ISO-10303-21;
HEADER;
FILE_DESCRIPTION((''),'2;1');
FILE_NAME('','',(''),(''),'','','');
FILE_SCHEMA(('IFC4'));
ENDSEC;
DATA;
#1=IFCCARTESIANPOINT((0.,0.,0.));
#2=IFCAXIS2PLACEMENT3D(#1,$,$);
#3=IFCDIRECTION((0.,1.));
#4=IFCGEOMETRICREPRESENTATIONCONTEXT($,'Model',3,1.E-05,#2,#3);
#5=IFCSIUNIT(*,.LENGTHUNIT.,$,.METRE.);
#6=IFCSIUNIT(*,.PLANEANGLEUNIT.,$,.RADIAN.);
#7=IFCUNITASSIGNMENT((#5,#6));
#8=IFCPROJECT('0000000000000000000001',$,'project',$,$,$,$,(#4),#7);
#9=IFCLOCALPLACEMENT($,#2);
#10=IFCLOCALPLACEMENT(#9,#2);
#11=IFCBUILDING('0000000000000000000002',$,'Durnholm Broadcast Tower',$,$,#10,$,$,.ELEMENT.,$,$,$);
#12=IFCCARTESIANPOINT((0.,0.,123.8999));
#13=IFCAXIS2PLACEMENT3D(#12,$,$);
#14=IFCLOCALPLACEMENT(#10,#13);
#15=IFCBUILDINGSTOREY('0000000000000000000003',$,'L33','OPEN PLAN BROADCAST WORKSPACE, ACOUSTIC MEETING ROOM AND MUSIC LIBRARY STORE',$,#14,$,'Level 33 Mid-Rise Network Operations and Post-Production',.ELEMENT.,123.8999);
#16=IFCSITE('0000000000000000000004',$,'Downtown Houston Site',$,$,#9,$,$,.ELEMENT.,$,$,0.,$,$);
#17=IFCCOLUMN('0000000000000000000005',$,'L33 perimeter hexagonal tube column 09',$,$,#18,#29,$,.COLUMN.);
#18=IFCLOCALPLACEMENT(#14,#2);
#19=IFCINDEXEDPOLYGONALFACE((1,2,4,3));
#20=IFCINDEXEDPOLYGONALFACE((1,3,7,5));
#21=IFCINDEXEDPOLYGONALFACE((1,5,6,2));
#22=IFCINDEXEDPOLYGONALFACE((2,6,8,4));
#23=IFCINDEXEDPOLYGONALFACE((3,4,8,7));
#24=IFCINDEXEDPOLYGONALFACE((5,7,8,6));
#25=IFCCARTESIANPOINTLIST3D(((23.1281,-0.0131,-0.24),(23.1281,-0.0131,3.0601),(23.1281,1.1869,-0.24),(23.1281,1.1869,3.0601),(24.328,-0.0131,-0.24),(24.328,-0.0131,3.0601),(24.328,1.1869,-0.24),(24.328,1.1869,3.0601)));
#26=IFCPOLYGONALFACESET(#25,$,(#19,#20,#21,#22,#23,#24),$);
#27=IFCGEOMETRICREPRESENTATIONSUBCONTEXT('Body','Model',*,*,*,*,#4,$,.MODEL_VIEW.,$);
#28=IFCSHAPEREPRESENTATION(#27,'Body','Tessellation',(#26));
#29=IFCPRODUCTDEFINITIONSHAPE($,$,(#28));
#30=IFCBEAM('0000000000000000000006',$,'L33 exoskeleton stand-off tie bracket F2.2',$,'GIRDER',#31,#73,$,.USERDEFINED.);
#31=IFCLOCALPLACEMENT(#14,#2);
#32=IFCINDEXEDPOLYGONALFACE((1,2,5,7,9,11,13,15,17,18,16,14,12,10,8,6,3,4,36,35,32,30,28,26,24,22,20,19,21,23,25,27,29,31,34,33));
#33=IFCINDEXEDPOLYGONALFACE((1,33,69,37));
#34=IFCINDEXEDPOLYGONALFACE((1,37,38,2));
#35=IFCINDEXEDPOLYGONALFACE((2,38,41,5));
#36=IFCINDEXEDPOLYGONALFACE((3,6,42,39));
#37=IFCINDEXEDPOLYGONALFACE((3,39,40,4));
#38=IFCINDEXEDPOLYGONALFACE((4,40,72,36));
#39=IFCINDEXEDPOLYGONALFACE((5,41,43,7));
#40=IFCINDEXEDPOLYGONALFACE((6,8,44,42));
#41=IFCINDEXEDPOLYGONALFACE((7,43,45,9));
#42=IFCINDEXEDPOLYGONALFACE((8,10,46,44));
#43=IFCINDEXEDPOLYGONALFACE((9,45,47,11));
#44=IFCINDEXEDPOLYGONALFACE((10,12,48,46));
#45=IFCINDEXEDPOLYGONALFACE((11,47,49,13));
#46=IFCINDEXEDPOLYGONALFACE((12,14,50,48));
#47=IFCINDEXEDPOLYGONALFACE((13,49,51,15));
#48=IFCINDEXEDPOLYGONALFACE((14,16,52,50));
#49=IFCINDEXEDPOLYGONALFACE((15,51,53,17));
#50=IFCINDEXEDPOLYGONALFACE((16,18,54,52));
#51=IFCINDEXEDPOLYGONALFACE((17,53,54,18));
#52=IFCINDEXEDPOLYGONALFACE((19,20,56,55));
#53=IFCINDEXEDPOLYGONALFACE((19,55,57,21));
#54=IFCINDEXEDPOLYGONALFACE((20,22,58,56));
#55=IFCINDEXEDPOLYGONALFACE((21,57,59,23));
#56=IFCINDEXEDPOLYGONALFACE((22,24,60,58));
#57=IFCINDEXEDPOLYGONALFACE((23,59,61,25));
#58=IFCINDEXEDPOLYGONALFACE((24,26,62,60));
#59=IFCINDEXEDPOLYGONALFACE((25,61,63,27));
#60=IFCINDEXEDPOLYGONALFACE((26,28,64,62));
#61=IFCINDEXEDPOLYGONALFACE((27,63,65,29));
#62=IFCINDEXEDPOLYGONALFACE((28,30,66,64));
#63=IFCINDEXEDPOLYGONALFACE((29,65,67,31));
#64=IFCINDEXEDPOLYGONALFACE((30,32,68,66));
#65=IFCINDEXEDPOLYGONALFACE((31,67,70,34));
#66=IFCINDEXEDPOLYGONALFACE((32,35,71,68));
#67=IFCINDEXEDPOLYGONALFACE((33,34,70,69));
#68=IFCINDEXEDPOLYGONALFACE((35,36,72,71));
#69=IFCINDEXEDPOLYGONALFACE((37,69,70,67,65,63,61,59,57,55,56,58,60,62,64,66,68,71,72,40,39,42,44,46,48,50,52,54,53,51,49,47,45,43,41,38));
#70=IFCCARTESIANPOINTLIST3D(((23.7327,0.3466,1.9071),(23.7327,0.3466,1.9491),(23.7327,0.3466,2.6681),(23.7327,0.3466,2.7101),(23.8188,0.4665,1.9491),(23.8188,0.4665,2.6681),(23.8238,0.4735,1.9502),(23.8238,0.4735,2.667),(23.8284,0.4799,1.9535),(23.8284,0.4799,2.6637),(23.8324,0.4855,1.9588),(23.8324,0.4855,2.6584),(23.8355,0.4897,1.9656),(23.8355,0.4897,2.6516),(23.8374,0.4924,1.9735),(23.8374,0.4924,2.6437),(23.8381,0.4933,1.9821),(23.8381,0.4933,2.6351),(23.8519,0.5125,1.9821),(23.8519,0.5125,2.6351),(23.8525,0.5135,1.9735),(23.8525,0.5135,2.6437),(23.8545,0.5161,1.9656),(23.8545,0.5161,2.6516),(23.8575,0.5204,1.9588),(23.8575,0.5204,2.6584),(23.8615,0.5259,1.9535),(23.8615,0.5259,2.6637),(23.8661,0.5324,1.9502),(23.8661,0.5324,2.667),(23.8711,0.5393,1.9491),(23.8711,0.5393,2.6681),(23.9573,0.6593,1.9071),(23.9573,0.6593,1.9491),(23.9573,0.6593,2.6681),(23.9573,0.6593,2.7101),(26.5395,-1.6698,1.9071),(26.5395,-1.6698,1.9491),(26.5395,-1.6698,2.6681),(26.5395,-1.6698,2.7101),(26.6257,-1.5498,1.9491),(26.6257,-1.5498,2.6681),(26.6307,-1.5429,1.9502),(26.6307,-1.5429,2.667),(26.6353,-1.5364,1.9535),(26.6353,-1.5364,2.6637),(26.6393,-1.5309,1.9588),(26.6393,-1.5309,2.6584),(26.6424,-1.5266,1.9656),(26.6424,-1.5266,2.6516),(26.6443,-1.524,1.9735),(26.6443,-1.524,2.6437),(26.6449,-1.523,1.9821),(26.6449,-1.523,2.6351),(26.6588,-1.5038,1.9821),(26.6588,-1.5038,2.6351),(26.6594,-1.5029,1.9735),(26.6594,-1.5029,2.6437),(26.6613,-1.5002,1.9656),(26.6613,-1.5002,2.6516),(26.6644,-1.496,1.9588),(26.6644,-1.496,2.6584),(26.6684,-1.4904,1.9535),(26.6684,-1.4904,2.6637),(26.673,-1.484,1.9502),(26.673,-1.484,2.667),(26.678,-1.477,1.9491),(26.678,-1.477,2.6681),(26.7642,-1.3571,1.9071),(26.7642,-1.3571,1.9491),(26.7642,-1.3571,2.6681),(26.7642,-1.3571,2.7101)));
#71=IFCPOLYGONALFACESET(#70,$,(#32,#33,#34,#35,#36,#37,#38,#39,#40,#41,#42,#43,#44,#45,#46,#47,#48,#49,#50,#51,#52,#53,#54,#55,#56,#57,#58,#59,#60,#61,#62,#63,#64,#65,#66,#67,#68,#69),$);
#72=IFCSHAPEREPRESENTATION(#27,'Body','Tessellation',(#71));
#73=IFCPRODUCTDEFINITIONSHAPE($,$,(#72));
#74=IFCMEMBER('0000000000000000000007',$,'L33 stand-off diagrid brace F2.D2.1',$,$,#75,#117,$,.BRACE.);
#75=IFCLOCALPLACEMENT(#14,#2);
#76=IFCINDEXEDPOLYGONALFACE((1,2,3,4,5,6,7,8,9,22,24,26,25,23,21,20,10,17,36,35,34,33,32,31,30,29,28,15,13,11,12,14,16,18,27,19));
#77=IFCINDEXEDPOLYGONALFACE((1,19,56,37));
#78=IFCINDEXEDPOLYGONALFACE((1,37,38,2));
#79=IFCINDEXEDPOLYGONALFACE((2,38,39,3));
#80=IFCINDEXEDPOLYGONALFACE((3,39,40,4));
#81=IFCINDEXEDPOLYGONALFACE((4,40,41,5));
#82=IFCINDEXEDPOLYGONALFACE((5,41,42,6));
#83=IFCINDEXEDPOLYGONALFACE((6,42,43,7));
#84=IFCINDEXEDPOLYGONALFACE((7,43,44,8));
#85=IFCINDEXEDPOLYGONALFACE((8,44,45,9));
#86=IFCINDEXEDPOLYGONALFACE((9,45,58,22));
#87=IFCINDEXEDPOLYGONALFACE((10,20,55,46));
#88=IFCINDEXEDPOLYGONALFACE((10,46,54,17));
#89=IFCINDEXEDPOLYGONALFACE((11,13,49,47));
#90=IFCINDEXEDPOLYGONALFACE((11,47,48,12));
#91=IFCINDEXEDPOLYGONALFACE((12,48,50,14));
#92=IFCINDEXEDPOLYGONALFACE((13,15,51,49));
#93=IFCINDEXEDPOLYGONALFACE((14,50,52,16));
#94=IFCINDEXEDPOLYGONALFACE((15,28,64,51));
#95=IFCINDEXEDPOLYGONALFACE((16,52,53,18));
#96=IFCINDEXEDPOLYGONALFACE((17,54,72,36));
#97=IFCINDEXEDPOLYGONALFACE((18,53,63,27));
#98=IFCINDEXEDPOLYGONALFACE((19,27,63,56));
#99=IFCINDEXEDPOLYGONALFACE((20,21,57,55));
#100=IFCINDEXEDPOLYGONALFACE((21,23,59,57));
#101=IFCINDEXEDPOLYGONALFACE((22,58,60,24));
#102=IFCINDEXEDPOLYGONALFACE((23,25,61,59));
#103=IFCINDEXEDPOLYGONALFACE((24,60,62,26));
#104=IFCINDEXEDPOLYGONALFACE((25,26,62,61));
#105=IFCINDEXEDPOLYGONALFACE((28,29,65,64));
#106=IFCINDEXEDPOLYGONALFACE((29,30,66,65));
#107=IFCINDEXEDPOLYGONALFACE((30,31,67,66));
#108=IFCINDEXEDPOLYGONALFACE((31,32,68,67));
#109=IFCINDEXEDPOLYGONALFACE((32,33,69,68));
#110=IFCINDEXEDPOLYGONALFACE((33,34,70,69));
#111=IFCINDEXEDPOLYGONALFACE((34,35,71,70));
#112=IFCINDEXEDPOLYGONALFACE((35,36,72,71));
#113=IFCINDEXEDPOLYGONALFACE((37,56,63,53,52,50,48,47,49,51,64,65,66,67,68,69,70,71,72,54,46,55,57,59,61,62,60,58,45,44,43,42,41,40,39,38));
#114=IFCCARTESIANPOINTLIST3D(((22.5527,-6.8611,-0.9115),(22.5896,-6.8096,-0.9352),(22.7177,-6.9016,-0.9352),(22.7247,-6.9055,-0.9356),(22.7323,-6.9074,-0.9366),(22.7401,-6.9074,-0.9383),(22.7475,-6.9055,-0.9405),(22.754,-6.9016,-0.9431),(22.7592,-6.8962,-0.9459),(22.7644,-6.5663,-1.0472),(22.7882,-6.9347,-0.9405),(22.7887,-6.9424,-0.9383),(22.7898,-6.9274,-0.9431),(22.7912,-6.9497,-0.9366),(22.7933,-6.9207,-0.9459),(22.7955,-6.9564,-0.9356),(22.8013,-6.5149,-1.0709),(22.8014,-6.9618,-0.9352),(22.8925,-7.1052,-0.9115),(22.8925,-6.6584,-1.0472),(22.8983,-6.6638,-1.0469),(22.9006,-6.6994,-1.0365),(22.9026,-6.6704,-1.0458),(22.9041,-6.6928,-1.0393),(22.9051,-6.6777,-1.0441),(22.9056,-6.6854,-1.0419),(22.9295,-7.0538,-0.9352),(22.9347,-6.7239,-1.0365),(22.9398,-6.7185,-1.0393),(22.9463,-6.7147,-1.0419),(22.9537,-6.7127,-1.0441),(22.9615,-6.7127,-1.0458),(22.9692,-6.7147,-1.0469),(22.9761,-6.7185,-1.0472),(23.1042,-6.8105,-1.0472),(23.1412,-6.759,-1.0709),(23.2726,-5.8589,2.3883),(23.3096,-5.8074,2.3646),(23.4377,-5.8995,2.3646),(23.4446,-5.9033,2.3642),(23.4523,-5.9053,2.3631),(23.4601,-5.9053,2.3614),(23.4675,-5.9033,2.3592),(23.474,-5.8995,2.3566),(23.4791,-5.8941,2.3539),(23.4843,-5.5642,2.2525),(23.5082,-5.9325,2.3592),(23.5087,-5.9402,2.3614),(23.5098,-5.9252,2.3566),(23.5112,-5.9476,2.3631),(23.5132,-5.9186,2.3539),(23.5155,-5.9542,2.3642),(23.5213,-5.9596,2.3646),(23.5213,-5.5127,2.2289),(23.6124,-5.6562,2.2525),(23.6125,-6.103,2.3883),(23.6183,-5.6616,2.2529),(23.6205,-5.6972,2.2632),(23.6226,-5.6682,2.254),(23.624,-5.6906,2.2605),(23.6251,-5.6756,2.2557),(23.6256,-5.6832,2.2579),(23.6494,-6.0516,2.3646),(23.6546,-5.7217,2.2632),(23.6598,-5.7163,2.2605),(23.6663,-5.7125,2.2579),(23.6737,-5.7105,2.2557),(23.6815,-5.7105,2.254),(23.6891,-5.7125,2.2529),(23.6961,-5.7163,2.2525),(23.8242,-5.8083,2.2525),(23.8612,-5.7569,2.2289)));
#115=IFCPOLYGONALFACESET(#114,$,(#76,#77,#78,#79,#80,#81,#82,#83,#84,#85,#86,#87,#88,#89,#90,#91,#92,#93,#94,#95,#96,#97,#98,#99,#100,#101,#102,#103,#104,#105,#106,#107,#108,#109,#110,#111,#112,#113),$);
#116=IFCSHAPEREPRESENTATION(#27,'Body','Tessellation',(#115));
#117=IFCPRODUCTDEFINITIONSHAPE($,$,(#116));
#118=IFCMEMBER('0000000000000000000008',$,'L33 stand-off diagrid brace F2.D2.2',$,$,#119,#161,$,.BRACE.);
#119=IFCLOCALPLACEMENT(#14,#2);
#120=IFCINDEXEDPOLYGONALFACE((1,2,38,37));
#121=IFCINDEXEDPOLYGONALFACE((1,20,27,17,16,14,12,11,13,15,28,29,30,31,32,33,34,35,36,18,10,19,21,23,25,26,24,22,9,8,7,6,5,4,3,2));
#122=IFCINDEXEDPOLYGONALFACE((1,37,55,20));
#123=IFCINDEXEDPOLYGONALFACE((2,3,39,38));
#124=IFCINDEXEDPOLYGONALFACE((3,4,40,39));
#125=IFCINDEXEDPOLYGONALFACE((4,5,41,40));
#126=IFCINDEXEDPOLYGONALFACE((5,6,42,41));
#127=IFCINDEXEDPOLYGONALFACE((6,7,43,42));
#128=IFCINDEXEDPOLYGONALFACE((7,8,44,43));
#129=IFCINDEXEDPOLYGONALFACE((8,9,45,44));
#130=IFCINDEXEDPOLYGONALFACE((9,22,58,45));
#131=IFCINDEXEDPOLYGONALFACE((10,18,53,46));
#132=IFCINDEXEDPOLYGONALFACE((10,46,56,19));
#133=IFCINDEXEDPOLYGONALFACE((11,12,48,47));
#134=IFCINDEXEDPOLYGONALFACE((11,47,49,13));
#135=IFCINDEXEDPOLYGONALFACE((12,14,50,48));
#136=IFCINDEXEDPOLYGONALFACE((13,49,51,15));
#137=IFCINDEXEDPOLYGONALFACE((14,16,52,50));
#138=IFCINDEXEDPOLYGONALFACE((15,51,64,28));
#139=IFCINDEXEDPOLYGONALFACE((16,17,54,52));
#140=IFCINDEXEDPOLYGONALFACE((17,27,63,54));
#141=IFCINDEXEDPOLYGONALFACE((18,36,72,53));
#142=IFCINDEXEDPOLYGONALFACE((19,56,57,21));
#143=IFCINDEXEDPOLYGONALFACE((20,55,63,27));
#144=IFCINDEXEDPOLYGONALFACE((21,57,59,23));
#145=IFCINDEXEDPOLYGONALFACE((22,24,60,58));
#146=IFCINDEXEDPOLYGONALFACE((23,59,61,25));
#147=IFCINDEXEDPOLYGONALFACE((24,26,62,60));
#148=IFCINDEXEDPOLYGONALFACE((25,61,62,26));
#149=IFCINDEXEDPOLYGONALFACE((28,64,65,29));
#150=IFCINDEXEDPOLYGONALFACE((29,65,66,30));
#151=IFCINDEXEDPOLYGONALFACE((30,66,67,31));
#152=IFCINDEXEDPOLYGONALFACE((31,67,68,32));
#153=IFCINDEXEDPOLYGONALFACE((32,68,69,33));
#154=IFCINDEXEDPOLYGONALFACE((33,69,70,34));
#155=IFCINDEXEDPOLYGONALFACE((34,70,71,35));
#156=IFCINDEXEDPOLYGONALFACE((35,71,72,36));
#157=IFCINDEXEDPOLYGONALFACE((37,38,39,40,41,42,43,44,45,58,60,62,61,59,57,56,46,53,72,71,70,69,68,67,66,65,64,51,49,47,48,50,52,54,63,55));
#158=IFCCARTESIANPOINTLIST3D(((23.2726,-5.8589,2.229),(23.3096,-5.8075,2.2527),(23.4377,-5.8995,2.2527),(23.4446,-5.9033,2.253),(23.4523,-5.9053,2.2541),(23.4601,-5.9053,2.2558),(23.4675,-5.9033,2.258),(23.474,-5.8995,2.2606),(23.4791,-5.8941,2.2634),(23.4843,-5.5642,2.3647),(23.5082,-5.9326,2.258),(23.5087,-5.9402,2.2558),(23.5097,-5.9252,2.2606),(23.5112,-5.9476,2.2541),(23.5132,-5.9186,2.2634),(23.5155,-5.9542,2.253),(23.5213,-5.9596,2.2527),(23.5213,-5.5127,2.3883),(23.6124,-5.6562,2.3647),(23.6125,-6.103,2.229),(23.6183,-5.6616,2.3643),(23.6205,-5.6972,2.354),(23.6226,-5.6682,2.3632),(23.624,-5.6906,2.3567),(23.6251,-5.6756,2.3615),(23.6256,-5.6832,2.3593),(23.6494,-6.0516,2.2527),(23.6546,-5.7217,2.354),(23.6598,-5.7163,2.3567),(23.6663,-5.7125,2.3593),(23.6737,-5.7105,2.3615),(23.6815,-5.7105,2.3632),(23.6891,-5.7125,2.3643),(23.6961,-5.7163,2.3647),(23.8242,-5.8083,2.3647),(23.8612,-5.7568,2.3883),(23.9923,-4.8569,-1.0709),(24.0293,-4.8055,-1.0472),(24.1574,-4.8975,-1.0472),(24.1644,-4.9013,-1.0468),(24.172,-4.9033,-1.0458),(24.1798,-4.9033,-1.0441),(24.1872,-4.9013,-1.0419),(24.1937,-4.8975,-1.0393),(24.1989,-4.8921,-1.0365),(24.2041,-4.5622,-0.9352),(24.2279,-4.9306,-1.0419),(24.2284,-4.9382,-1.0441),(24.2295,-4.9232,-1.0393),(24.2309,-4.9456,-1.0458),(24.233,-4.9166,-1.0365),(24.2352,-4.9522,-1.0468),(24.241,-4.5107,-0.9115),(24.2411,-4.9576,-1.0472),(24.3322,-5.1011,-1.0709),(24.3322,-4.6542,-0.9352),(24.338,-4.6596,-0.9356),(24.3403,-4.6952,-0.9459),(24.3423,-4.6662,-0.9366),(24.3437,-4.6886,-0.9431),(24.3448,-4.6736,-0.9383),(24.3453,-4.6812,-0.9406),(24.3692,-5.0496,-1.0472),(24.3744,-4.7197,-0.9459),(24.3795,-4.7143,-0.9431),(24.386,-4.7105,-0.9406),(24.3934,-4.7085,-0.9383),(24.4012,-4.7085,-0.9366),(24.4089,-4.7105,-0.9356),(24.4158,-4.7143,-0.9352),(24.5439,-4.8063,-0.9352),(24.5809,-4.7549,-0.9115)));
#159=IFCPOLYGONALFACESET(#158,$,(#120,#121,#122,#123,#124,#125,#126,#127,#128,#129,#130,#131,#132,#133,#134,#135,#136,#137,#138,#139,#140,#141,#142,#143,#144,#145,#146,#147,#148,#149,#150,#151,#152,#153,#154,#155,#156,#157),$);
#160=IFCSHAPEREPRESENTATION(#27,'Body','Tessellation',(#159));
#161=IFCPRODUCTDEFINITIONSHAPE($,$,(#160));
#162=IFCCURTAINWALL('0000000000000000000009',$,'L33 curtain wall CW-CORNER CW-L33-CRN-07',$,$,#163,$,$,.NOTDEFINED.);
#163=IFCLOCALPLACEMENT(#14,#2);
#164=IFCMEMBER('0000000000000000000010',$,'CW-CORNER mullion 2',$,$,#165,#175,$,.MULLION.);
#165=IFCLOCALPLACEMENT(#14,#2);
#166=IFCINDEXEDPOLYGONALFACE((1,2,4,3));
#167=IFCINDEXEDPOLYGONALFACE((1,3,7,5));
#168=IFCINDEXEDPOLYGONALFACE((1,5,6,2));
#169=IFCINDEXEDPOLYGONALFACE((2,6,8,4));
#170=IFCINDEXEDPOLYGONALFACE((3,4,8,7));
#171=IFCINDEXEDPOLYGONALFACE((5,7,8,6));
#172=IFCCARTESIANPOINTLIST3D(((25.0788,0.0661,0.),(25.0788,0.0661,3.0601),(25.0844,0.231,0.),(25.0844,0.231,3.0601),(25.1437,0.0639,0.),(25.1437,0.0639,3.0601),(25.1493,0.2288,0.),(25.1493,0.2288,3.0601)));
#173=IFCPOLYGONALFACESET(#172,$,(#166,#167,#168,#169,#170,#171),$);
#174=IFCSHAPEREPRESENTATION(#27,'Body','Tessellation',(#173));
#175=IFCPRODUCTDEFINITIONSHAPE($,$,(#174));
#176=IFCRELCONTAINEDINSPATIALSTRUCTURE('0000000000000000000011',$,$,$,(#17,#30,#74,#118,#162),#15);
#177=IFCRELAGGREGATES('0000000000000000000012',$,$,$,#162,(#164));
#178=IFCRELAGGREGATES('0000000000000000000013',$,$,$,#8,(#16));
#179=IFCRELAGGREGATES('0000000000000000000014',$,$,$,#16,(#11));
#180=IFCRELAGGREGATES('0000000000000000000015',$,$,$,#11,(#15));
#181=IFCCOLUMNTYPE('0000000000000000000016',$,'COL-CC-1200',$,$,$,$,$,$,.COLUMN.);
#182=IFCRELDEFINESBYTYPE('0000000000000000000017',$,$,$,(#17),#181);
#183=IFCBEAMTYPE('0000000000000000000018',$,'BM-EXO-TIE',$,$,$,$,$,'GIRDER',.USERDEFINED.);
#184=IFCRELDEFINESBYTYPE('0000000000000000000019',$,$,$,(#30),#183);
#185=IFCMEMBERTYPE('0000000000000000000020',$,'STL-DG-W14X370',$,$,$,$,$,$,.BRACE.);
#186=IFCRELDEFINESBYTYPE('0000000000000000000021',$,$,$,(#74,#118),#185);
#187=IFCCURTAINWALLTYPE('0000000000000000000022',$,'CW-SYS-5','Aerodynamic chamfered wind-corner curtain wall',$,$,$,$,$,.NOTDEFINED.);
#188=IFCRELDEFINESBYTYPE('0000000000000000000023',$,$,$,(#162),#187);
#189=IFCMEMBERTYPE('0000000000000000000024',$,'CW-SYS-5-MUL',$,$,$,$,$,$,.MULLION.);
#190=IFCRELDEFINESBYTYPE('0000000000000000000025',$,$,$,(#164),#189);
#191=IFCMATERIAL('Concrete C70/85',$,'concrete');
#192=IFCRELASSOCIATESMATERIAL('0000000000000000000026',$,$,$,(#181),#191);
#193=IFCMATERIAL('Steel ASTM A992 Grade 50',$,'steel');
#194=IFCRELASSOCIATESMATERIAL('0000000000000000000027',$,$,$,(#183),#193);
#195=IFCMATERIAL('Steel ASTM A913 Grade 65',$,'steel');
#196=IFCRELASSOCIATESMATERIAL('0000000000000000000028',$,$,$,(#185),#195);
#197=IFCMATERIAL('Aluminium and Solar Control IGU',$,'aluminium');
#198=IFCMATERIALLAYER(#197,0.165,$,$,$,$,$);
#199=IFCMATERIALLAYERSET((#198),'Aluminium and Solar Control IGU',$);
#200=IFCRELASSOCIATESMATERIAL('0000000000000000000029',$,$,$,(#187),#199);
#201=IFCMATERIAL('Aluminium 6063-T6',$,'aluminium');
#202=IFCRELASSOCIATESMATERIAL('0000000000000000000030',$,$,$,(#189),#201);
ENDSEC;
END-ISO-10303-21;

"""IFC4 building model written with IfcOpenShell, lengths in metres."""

from ifc_helpers import new_model, si_unit, direction, frame, origin, origin_2d, place, context, subcontext, project, spatial, rectangle, i_section, extrude, source, transform, mapped, material, layer, layer_set, material_profile, profile_set, type_object, type_shapes, element, aggregate, save


model = new_model("IFC4")

# Units and contexts
model_context = context("Model", 3, precision=1e-05, world=origin(), true_north=direction((0.0, 1.0)))
body_context = subcontext(model_context, "Body", "Model", "MODEL_VIEW")
ifc_project = project(units=[si_unit("LENGTHUNIT", "METRE"), si_unit("PLANEANGLEUNIT", "RADIAN")], contexts=[model_context])

# Site, building, storey
site_placement = place(None, origin())
site = spatial("IfcSite", under=ifc_project, at=site_placement, Name="Downtown Houston Site", CompositionType="ELEMENT", RefElevation=0.0)
building_placement = place(site_placement, origin())
building = spatial("IfcBuilding", under=site, at=building_placement, Name="Durnholm Broadcast Tower", CompositionType="ELEMENT")
storey_placement = place(building_placement, frame((0.0, 0.0, 123.8999)))
storey = spatial("IfcBuildingStorey", under=building, at=storey_placement, Name="L33", Description="OPEN PLAN BROADCAST WORKSPACE, ACOUSTIC MEETING ROOM AND MUSIC LIBRARY STORE", LongName="Level 33 Mid-Rise Network Operations and Post-Production", CompositionType="ELEMENT", Elevation=123.8999)

# Column
ifc_material_1 = material(Name="Concrete C70/85", Category="concrete")
ifc_material_profile_1 = material_profile(ifc_material_1, rectangle(XDim=1.2, YDim=1.2, at=origin_2d()), Name="RC1200X1200")
ifc_profile_set_1 = profile_set([ifc_material_profile_1], Name="Concrete C70/85")
column_type = type_object("IfcColumnType", Name="COL-CC-1200", PredefinedType="COLUMN", material=ifc_profile_set_1)
shared_shape_1 = source(origin(), body_context, "Body", "SweptSolid", [
    extrude(rectangle(XDim=1.2, YDim=1.2, at=origin_2d()), origin(), (0.0, 0.0, 1.0), 3.3),
])
type_shapes(column_type, [shared_shape_1])
column_placement = place(storey_placement, frame((23.728, 0.5869, -0.24), z_axis=(0.0, 0.0, 1.0), x_axis=(1.0, 0.0, 0.0)))
element("IfcColumn", 1, at=column_placement, inside=storey, type_object=column_type, Name="L33 perimeter hexagonal tube column 09", PredefinedType="COLUMN", context=body_context, shape_type="MappedRepresentation", body=[
    mapped(shared_shape_1, transform((0.0, 0.0, 0.0), x_axis=(1.0, 0.0, 0.0), y_axis=(0.0, 1.0, 0.0), z_axis=(0.0, 0.0, 1.0), scale=1.0)),
])

# Beam
ifc_material_2 = material(Name="Steel ASTM A992 Grade 50", Category="steel")
ifc_material_profile_2 = material_profile(ifc_material_2, i_section(OverallWidth=0.385, OverallDepth=0.803, WebThickness=0.0237, FlangeThickness=0.042, FilletRadius=0.033, at=origin_2d()), Name="W30X261")
ifc_profile_set_2 = profile_set([ifc_material_profile_2], Name="Steel ASTM A992 Grade 50")
beam_type = type_object("IfcBeamType", Name="BM-EXO-TIE", ElementType="GIRDER", PredefinedType="USERDEFINED", material=ifc_profile_set_2)
shared_shape_2 = source(origin(), body_context, "Body", "SweptSolid", [
    extrude(i_section(OverallWidth=0.385, OverallDepth=0.803, WebThickness=0.0237, FlangeThickness=0.042, FilletRadius=0.033, at=origin_2d()), origin(), (0.0, 0.0, 1.0), 3.4561),
])
type_shapes(beam_type, [shared_shape_2])
beam_placement = place(storey_placement, frame((23.845, 0.5029, 2.3086), z_axis=(0.812165, -0.583428, 0.0), x_axis=(0.583428, 0.812165, 0.0)))
element("IfcBeam", 2, at=beam_placement, inside=storey, type_object=beam_type, Name="L33 exoskeleton stand-off tie bracket F2.2", ObjectType="GIRDER", PredefinedType="USERDEFINED", context=body_context, shape_type="MappedRepresentation", body=[
    mapped(shared_shape_2, transform((0.0, 0.0, 0.0), x_axis=(1.0, 0.0, 0.0), y_axis=(0.0, 1.0, 0.0), z_axis=(0.0, 0.0, 1.0), scale=1.0)),
])

# Members
ifc_material_3 = material(Name="Steel ASTM A913 Grade 65", Category="steel")
ifc_material_profile_3 = material_profile(ifc_material_3, i_section(OverallWidth=0.4185, OverallDepth=0.4551, WebThickness=0.042, FlangeThickness=0.0676, FilletRadius=0.0305, at=origin_2d()), Name="W14X370")
ifc_profile_set_3 = profile_set([ifc_material_profile_3], Name="Steel ASTM A913 Grade 65")
member_type_1 = type_object("IfcMemberType", Name="STL-DG-W14X370", PredefinedType="BRACE", material=ifc_profile_set_3)
shared_shape_3 = source(origin(), body_context, "Body", "SweptSolid", [
    extrude(i_section(OverallWidth=0.4185, OverallDepth=0.4551, WebThickness=0.042, FlangeThickness=0.0676, FilletRadius=0.0305, at=origin_2d()), origin(), (0.0, 0.0, 1.0), 3.5229),
])
type_shapes(member_type_1, [shared_shape_3])
for number, where, z_axis, x_axis, name in (
    (3, (22.8469, -6.8101, -0.9912), (0.204363, 0.284473, 0.936649), (-0.812153, 0.583444, 0.0), "L33 stand-off diagrid brace F2.D2.1"),
    (4, (24.2866, -4.8059, -0.9912), (-0.204301, -0.284414, 0.93668), (0.812179, -0.583408, 0.0), "L33 stand-off diagrid brace F2.D2.2"),
):
    element("IfcMember", number, at=place(storey_placement, frame(where, z_axis=z_axis, x_axis=x_axis)), inside=storey, type_object=member_type_1, Name=name, PredefinedType="BRACE", context=body_context, shape_type="MappedRepresentation", body=[
        mapped(shared_shape_3, transform((0.0, 0.0, 0.0), x_axis=(1.0, 0.0, 0.0), y_axis=(0.0, 1.0, 0.0), z_axis=(0.0, 0.0, 1.0), scale=1.0)),
    ])

# Curtain wall, member
ifc_material_4 = material(Name="Aluminium and Solar Control IGU", Category="aluminium")
ifc_layer_1 = layer(ifc_material_4, 0.165)
ifc_layer_set_1 = layer_set([ifc_layer_1], Name="Aluminium and Solar Control IGU")
curtain_wall_type_1 = type_object("IfcCurtainWallType", Name="CW-SYS-5", Description="Aerodynamic chamfered wind-corner curtain wall", PredefinedType="NOTDEFINED", material=ifc_layer_set_1)
curtain_wall_1_placement = place(storey_placement, origin())
curtain_wall_1 = element("IfcCurtainWall", 5, at=curtain_wall_1_placement, inside=storey, type_object=curtain_wall_type_1, Name="L33 curtain wall CW-CORNER CW-L33-CRN-07", PredefinedType="NOTDEFINED")
ifc_material_5 = material(Name="Aluminium 6063-T6", Category="aluminium")
ifc_material_profile_4 = material_profile(ifc_material_5, rectangle(XDim=0.0649, YDim=0.165, at=origin_2d()), Name="CWM65X165")
ifc_profile_set_4 = profile_set([ifc_material_profile_4], Name="Aluminium 6063-T6")
member_type_2 = type_object("IfcMemberType", Name="CW-SYS-5-MUL", PredefinedType="MULLION", material=ifc_profile_set_4)
shared_shape_4 = source(origin(), body_context, "Body", "SweptSolid", [
    extrude(rectangle(XDim=0.0649, YDim=0.165, at=origin_2d()), origin(), (0.0, 0.0, 1.0), 3.0601),
])
type_shapes(member_type_2, [shared_shape_4])
member_1_placement = place(storey_placement, frame((25.114, 0.1475, 0.0), z_axis=(0.0, 0.0, 1.0), x_axis=(0.999425, -0.033917, 0.0)))
member_1 = element("IfcMember", 6, at=member_1_placement, type_object=member_type_2, Name="CW-CORNER mullion 2", PredefinedType="MULLION", context=body_context, shape_type="MappedRepresentation", body=[
    mapped(shared_shape_4, transform((0.0, 0.0, 0.0), x_axis=(1.0, 0.0, 0.0), y_axis=(0.0, 1.0, 0.0), z_axis=(0.0, 0.0, 1.0), scale=1.0)),
])
aggregate(curtain_wall_1, [member_1])

save(model, "model.ifc")
